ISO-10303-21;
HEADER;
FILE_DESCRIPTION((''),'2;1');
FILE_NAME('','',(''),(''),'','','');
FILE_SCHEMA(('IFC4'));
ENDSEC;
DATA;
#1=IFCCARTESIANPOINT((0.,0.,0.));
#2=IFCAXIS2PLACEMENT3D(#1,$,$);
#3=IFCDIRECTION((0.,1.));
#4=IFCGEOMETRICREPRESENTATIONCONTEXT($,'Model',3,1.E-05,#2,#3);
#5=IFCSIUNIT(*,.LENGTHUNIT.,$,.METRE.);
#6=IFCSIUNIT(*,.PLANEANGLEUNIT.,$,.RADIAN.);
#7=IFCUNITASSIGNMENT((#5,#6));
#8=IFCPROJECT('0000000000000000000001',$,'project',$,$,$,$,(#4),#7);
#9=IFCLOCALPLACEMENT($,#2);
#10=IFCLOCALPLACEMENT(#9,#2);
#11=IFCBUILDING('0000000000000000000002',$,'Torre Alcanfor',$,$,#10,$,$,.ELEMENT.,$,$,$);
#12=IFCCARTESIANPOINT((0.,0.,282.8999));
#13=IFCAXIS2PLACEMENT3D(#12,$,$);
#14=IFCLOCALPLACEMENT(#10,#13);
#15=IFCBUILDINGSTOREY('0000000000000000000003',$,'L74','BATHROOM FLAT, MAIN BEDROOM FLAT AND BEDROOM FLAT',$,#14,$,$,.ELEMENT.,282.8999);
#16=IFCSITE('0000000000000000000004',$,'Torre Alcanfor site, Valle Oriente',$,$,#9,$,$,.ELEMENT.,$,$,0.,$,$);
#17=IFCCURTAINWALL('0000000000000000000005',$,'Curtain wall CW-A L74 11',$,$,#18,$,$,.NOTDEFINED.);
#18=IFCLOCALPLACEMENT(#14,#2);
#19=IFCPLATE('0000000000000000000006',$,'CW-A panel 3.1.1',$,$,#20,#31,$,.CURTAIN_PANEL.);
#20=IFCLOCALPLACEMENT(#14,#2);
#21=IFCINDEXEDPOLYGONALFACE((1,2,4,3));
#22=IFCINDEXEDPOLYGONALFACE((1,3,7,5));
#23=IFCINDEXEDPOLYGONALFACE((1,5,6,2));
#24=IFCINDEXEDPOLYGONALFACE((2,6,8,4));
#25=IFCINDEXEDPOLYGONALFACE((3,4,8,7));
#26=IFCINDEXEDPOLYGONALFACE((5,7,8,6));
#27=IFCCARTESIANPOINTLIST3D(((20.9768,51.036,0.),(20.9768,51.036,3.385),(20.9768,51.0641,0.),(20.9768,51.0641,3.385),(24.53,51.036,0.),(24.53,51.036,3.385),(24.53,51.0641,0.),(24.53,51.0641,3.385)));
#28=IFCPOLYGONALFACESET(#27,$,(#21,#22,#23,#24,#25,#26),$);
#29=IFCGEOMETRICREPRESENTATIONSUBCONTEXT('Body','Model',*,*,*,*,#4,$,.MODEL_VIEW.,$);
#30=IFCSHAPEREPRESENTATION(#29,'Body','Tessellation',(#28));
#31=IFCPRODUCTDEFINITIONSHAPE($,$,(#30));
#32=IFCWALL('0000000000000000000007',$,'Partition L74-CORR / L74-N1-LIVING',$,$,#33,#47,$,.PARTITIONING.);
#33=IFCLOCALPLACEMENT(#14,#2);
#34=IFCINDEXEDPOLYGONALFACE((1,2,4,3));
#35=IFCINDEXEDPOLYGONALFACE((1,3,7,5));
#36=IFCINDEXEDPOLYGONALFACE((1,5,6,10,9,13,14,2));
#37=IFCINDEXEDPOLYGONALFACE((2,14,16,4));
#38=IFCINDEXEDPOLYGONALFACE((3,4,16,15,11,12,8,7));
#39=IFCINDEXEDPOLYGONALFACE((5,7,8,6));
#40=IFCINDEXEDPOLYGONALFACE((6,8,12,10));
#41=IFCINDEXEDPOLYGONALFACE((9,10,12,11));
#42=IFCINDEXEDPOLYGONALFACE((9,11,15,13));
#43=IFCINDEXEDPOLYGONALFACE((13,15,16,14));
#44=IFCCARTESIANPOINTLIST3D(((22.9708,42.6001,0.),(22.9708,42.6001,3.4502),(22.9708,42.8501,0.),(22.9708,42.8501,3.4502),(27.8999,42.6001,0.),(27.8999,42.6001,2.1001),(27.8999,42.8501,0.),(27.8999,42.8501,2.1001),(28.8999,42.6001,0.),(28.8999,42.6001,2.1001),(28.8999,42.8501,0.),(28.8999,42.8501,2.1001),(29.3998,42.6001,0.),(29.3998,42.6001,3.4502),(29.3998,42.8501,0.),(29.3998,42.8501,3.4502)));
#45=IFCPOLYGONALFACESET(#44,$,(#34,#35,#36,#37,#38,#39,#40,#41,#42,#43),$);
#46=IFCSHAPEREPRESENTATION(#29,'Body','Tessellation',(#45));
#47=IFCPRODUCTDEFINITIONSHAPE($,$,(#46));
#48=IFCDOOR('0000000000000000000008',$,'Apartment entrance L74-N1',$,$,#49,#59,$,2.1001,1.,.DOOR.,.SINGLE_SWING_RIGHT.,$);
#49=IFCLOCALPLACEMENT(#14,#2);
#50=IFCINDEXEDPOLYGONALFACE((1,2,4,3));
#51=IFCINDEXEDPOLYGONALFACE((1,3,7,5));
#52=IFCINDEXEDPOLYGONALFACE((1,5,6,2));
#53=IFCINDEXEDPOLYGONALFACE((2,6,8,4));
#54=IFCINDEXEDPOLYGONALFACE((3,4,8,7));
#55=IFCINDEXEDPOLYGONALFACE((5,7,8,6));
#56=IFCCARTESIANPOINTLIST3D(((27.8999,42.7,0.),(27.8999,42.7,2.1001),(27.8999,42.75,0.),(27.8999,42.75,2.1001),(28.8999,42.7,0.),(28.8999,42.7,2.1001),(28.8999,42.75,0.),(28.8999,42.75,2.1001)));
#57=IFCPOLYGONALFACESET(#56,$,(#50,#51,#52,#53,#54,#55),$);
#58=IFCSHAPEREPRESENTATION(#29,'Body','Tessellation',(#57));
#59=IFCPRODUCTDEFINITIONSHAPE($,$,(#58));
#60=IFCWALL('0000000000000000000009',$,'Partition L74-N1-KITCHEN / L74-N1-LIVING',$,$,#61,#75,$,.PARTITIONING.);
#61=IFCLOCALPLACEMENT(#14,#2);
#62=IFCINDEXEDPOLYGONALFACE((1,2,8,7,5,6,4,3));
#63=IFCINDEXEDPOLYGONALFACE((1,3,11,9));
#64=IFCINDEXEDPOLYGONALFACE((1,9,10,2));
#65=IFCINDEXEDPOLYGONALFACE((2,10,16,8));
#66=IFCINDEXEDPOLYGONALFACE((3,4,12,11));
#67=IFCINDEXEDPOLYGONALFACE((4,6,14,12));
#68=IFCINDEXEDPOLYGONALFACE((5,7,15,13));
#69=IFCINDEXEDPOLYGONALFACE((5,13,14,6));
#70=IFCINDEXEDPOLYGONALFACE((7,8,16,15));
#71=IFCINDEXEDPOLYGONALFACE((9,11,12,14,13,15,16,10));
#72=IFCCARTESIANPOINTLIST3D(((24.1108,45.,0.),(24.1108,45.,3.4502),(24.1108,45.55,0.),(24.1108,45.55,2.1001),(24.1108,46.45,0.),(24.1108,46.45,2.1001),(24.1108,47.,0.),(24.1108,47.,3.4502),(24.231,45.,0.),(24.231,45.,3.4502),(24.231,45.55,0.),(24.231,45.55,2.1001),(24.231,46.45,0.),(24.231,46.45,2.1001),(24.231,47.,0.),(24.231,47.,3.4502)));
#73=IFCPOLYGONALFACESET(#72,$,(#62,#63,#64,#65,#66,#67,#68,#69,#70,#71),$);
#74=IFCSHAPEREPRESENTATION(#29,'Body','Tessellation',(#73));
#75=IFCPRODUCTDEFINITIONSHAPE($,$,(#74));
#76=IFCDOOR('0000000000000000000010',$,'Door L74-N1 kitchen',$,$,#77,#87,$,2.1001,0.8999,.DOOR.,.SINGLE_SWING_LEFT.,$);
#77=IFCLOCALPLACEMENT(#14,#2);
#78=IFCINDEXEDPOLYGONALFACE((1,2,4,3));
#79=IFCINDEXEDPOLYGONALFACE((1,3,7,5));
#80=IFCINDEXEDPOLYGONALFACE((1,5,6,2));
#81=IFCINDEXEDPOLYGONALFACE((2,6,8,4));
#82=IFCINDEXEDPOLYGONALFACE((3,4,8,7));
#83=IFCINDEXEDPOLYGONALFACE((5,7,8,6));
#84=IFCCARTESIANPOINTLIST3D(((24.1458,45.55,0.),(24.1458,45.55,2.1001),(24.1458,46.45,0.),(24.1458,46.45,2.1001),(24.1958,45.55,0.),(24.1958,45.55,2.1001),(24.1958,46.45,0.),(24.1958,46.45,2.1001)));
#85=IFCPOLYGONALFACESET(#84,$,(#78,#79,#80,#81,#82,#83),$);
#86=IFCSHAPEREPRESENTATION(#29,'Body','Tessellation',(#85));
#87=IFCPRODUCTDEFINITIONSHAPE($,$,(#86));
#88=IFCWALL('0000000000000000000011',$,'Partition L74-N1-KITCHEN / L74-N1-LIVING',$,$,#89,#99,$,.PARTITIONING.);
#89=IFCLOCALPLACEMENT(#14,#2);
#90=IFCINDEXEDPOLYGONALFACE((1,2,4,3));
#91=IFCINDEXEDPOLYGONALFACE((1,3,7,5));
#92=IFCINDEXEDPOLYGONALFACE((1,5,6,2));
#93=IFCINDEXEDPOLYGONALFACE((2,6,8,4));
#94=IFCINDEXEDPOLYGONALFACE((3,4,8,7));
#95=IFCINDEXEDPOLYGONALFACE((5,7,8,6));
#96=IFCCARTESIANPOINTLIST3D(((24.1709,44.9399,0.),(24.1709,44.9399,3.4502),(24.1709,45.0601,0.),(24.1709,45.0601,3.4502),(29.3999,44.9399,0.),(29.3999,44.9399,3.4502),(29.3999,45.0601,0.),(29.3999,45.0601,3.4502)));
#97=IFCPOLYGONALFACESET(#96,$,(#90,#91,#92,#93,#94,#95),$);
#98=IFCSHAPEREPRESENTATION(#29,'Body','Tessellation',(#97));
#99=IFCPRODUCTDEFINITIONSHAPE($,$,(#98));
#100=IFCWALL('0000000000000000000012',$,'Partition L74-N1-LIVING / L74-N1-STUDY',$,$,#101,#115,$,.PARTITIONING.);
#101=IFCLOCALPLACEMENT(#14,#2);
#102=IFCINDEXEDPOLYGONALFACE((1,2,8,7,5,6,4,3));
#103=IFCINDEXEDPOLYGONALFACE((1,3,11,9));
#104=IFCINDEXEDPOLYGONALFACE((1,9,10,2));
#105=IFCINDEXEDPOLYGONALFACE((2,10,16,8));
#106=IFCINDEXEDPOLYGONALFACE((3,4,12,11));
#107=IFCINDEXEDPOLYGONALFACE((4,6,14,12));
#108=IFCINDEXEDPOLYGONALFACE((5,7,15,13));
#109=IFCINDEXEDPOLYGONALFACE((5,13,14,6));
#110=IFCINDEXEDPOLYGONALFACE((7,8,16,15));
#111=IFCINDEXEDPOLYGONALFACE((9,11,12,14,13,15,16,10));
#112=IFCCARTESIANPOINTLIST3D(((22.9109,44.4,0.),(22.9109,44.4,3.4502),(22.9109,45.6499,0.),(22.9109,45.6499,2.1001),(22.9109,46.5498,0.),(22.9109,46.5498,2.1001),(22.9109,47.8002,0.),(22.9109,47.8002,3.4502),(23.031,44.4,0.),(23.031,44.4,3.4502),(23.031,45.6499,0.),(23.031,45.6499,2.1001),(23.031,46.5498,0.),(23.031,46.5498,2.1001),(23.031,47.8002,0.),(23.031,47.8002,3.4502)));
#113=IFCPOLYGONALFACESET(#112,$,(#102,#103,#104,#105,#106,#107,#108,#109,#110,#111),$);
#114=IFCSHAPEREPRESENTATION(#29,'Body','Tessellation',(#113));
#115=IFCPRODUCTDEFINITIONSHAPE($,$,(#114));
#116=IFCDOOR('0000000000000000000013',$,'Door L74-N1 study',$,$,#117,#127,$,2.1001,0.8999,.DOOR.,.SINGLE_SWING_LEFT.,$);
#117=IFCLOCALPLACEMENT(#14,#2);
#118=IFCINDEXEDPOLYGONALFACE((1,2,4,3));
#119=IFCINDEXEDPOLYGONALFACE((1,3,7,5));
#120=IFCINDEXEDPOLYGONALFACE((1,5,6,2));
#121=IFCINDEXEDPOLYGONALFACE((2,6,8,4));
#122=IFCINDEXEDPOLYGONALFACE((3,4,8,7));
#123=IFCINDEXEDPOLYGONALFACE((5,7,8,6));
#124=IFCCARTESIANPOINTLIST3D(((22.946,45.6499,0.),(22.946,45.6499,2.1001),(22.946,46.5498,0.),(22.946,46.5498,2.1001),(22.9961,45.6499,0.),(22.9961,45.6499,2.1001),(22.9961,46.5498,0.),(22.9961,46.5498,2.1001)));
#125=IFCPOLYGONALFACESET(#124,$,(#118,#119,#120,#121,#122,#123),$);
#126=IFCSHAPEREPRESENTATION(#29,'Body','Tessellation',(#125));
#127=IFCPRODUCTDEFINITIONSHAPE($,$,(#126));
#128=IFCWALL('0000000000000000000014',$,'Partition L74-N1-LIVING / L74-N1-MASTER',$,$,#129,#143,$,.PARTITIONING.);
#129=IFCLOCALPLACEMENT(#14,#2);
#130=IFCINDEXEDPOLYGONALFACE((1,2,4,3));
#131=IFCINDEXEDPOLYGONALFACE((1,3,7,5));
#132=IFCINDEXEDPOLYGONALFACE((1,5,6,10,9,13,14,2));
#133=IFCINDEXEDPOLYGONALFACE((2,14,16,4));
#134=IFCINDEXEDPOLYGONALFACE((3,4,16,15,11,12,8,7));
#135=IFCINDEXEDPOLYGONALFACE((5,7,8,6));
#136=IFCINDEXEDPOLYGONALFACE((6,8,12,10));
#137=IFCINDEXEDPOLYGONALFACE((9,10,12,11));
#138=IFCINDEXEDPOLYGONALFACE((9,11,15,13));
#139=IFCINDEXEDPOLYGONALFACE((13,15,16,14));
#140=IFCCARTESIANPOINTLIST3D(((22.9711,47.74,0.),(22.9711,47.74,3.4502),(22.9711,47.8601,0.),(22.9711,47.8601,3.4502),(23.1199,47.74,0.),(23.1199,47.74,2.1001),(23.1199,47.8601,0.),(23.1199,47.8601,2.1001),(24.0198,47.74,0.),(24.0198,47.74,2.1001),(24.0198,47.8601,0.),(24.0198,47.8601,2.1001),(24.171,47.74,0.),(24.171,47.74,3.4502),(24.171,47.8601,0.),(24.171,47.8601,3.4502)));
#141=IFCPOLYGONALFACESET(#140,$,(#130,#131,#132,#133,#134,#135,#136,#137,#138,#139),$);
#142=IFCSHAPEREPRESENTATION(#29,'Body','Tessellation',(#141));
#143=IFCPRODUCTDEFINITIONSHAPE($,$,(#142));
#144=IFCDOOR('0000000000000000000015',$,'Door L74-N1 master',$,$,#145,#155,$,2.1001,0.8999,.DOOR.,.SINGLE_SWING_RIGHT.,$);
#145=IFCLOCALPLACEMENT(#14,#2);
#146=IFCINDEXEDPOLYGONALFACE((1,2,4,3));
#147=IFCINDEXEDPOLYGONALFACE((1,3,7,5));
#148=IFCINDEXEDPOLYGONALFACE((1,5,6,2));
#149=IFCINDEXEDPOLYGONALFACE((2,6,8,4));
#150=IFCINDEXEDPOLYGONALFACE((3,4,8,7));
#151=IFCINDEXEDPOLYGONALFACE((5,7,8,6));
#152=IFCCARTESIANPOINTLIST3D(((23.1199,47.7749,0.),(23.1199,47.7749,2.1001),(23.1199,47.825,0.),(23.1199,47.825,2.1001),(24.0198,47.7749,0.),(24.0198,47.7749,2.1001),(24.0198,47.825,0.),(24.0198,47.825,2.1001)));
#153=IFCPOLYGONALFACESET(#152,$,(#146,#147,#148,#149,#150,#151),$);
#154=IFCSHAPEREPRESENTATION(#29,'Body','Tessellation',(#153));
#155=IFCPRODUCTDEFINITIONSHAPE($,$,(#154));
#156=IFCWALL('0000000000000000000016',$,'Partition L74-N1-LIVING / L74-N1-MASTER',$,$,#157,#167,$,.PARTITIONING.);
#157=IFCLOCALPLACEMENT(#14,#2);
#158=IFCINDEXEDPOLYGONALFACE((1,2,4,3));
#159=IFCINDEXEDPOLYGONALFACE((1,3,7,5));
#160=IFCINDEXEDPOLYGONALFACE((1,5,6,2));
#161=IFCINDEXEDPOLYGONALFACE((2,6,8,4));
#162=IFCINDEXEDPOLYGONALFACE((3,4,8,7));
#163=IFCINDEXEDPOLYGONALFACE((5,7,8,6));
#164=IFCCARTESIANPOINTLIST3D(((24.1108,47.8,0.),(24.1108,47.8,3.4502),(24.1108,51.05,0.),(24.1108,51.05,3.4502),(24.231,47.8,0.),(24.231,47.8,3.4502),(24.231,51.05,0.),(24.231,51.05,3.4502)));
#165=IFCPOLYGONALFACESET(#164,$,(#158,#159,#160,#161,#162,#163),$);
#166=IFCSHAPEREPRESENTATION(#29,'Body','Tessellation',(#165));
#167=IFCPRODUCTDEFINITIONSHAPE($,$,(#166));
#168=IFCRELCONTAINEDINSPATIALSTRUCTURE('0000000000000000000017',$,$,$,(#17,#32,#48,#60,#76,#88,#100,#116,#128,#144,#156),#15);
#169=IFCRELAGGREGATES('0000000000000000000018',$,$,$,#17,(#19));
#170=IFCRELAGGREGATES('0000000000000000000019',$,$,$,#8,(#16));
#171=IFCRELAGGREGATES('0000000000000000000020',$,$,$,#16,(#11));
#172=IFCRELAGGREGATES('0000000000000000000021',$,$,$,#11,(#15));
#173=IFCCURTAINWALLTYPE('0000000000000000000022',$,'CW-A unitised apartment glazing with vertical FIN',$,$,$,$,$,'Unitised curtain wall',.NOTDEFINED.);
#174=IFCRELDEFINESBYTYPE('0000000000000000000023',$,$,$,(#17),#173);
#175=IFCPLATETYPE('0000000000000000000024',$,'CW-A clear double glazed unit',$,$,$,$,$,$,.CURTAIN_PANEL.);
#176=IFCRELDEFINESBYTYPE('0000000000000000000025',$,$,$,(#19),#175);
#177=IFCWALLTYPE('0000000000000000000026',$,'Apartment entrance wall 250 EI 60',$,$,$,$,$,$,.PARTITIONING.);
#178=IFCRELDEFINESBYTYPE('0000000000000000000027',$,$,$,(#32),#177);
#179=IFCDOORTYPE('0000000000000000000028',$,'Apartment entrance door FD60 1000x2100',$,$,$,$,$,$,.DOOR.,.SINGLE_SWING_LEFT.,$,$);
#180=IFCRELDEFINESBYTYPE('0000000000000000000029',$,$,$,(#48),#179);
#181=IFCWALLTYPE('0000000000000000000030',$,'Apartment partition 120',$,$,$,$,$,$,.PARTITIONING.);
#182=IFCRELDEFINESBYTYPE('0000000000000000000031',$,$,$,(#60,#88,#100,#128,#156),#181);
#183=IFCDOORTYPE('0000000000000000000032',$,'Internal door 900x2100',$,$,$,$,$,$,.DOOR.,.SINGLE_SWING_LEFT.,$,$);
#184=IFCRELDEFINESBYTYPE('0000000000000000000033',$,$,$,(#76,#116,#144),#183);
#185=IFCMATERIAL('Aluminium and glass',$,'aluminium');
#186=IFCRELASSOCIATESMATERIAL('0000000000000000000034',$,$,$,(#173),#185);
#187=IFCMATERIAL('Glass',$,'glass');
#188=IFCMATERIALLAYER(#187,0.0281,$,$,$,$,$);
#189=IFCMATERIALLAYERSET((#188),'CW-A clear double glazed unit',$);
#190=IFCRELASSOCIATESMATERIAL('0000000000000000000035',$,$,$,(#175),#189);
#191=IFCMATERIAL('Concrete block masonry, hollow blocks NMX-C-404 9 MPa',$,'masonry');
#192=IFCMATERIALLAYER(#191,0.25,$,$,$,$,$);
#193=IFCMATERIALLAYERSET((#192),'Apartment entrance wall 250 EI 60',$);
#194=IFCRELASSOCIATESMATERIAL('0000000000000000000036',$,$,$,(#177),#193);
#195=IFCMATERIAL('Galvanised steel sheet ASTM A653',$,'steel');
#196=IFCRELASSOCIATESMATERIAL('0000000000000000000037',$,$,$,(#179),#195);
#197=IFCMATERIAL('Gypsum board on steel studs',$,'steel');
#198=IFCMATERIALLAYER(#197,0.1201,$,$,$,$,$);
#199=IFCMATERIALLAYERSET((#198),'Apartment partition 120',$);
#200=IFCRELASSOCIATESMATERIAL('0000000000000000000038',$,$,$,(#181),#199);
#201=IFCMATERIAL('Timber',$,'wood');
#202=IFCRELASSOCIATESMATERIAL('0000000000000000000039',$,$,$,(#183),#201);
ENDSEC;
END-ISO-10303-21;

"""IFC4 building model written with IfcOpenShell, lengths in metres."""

from ifc_helpers import new_model, si_unit, direction, frame, frame_2d, origin, origin_2d, place, context, subcontext, project, spatial, rectangle, extrude, material, layer, layer_set, type_object, element, fill, aggregate, save


model = new_model("IFC4")

# Units and contexts
model_context = context("Model", 3, precision=1e-05, world=origin(), true_north=direction((0.0, 1.0)))
body_context = subcontext(model_context, "Body", "Model", "MODEL_VIEW")
ifc_project = project(units=[si_unit("LENGTHUNIT", "METRE"), si_unit("PLANEANGLEUNIT", "RADIAN")], contexts=[model_context])

# Site, building, storey
site_placement = place(None, origin())
site = spatial("IfcSite", under=ifc_project, at=site_placement, Name="Torre Alcanfor site, Valle Oriente", CompositionType="ELEMENT", RefElevation=0.0)
building_placement = place(site_placement, origin())
building = spatial("IfcBuilding", under=site, at=building_placement, Name="Torre Alcanfor", CompositionType="ELEMENT")
storey_placement = place(building_placement, frame((0.0, 0.0, 282.8999)))
storey = spatial("IfcBuildingStorey", under=building, at=storey_placement, Name="L74", Description="BATHROOM FLAT, MAIN BEDROOM FLAT AND BEDROOM FLAT", CompositionType="ELEMENT", Elevation=282.8999)

# Curtain wall
ifc_material_1 = material(Name="Aluminium and glass", Category="aluminium")
curtain_wall_type = type_object("IfcCurtainWallType", Name="CW-A unitised apartment glazing with vertical FIN", ElementType="Unitised curtain wall", PredefinedType="NOTDEFINED", material=ifc_material_1)
curtain_wall_placement = place(storey_placement, origin())
curtain_wall = element("IfcCurtainWall", 1, at=curtain_wall_placement, inside=storey, type_object=curtain_wall_type, Name="Curtain wall CW-A L74 11", PredefinedType="NOTDEFINED")

# Plate
ifc_material_2 = material(Name="Glass", Category="glass")
ifc_layer_1 = layer(ifc_material_2, 0.0281)
ifc_layer_set_1 = layer_set([ifc_layer_1], Name="CW-A clear double glazed unit")
plate_type = type_object("IfcPlateType", Name="CW-A clear double glazed unit", PredefinedType="CURTAIN_PANEL", material=ifc_layer_set_1)
plate_1_placement = place(storey_placement, frame((22.7534, 51.05, 0.0), z_axis=(0.0, 0.0, 1.0), x_axis=(-1.0, 0.0, 0.0)))
plate_1 = element("IfcPlate", 2, at=plate_1_placement, type_object=plate_type, Name="CW-A panel 3.1.1", PredefinedType="CURTAIN_PANEL", context=body_context, shape_type="SweptSolid", body=[
    extrude(rectangle(XDim=3.5532, YDim=0.0281, at=origin_2d()), origin(), (0.0, 0.0, 1.0), 3.385),
])
aggregate(curtain_wall, [plate_1])

# Walls, openings, doors
ifc_material_3 = material(Name="Concrete block masonry, hollow blocks NMX-C-404 9 MPa", Category="masonry")
ifc_layer_2 = layer(ifc_material_3, 0.25)
ifc_layer_set_2 = layer_set([ifc_layer_2], Name="Apartment entrance wall 250 EI 60")
wall_type_1 = type_object("IfcWallType", Name="Apartment entrance wall 250 EI 60", PredefinedType="PARTITIONING", material=ifc_layer_set_2)
wall_1_placement = place(storey_placement, frame((22.9709, 42.7251, 0.0), z_axis=(0.0, 0.0, 1.0), x_axis=(1.0, 0.0, 0.0)))
wall_1 = element("IfcWall", 3, at=wall_1_placement, inside=storey, type_object=wall_type_1, Name="Partition L74-CORR / L74-N1-LIVING", PredefinedType="PARTITIONING", context=body_context, shape_type="SweptSolid", body=[
    extrude(rectangle(XDim=6.429, YDim=0.25, at=frame_2d((3.2144, 0.0))), origin(), (0.0, 0.0, 1.0), 3.4502),
])
opening_1_placement = place(wall_1_placement, frame((4.929, 0.0, 0.0)))
opening_1 = element("IfcOpeningElement", 4, at=opening_1_placement, cuts=wall_1, PredefinedType="OPENING", context=body_context, shape_type="SweptSolid", body=[
    extrude(rectangle(XDim=1.0, YDim=2.1001, at=frame_2d((0.5, 1.05))), frame((0.0, 0.135, 0.0), z_axis=(0.0, -1.0, 0.0), x_axis=(1.0, 0.0, 0.0)), (0.0, 0.0, 1.0), 0.27),
])
ifc_material_4 = material(Name="Galvanised steel sheet ASTM A653", Category="steel")
door_type_1 = type_object("IfcDoorType", Name="Apartment entrance door FD60 1000x2100", OperationType="SINGLE_SWING_LEFT", PredefinedType="DOOR", material=ifc_material_4)
door_1_placement = place(opening_1_placement, origin())
door_1 = element("IfcDoor", 5, at=door_1_placement, inside=storey, type_object=door_type_1, Name="Apartment entrance L74-N1", OperationType="SINGLE_SWING_RIGHT", OverallHeight=2.1001, OverallWidth=1.0, PredefinedType="DOOR", context=body_context, shape_type="SweptSolid", body=[
    extrude(rectangle(XDim=1.0, YDim=2.1001, at=frame_2d((0.5, 1.05))), frame((0.0, 0.0249, 0.0), z_axis=(0.0, -1.0, 0.0), x_axis=(1.0, 0.0, 0.0)), (0.0, 0.0, 1.0), 0.05),
])
fill(opening_1, door_1)
ifc_material_5 = material(Name="Gypsum board on steel studs", Category="steel")
ifc_layer_3 = layer(ifc_material_5, 0.1201)
ifc_layer_set_3 = layer_set([ifc_layer_3], Name="Apartment partition 120")
wall_type_2 = type_object("IfcWallType", Name="Apartment partition 120", PredefinedType="PARTITIONING", material=ifc_layer_set_3)
wall_2_placement = place(storey_placement, frame((24.1709, 47.0, 0.0), z_axis=(0.0, 0.0, 1.0), x_axis=(0.0, -1.0, 0.0)))
wall_2 = element("IfcWall", 6, at=wall_2_placement, inside=storey, type_object=wall_type_2, Name="Partition L74-N1-KITCHEN / L74-N1-LIVING", PredefinedType="PARTITIONING", context=body_context, shape_type="SweptSolid", body=[
    extrude(rectangle(XDim=2.0, YDim=0.1201, at=frame_2d((1.0, 0.0))), origin(), (0.0, 0.0, 1.0), 3.4502),
])
opening_2_placement = place(wall_2_placement, frame((0.55, 0.0, 0.0)))
opening_2 = element("IfcOpeningElement", 7, at=opening_2_placement, cuts=wall_2, PredefinedType="OPENING", context=body_context, shape_type="SweptSolid", body=[
    extrude(rectangle(XDim=0.8999, YDim=2.1001, at=frame_2d((0.45, 1.05))), frame((0.0, 0.0701, 0.0), z_axis=(0.0, -1.0, 0.0), x_axis=(1.0, 0.0, 0.0)), (0.0, 0.0, 1.0), 0.1401),
])
ifc_material_6 = material(Name="Timber", Category="wood")
door_type_2 = type_object("IfcDoorType", Name="Internal door 900x2100", OperationType="SINGLE_SWING_LEFT", PredefinedType="DOOR", material=ifc_material_6)
door_2_placement = place(opening_2_placement, origin())
door_2 = element("IfcDoor", 8, at=door_2_placement, inside=storey, type_object=door_type_2, Name="Door L74-N1 kitchen", OperationType="SINGLE_SWING_LEFT", OverallHeight=2.1001, OverallWidth=0.8999, PredefinedType="DOOR", context=body_context, shape_type="SweptSolid", body=[
    extrude(rectangle(XDim=0.8999, YDim=2.1001, at=frame_2d((0.45, 1.05))), frame((0.0, 0.0249, 0.0), z_axis=(0.0, -1.0, 0.0), x_axis=(1.0, 0.0, 0.0)), (0.0, 0.0, 1.0), 0.05),
])
fill(opening_2, door_2)

# Wall
wall_3_placement = place(storey_placement, frame((24.1709, 45.0, 0.0), z_axis=(0.0, 0.0, 1.0), x_axis=(1.0, 0.0, 0.0)))
element("IfcWall", 9, at=wall_3_placement, inside=storey, type_object=wall_type_2, Name="Partition L74-N1-KITCHEN / L74-N1-LIVING", PredefinedType="PARTITIONING", context=body_context, shape_type="SweptSolid", body=[
    extrude(rectangle(XDim=5.229, YDim=0.1201, at=frame_2d((2.6145, 0.0))), origin(), (0.0, 0.0, 1.0), 3.4502),
])

# Walls, openings, doors
wall_4_placement = place(storey_placement, frame((22.9709, 44.3999, 0.0), z_axis=(0.0, 0.0, 1.0), x_axis=(0.0, 1.0, 0.0)))
wall_4 = element("IfcWall", 10, at=wall_4_placement, inside=storey, type_object=wall_type_2, Name="Partition L74-N1-LIVING / L74-N1-STUDY", PredefinedType="PARTITIONING", context=body_context, shape_type="SweptSolid", body=[
    extrude(rectangle(XDim=3.4001, YDim=0.1201, at=frame_2d((1.7002, 0.0))), origin(), (0.0, 0.0, 1.0), 3.4502),
])
opening_3_placement = place(wall_4_placement, frame((1.25, 0.0, 0.0)))
opening_3 = element("IfcOpeningElement", 11, at=opening_3_placement, cuts=wall_4, PredefinedType="OPENING", context=body_context, shape_type="SweptSolid", body=[
    extrude(rectangle(XDim=0.8999, YDim=2.1001, at=frame_2d((0.45, 1.05))), frame((0.0, 0.0701, 0.0), z_axis=(0.0, -1.0, 0.0), x_axis=(1.0, 0.0, 0.0)), (0.0, 0.0, 1.0), 0.1401),
])
door_3_placement = place(opening_3_placement, origin())
door_3 = element("IfcDoor", 12, at=door_3_placement, inside=storey, type_object=door_type_2, Name="Door L74-N1 study", OperationType="SINGLE_SWING_LEFT", OverallHeight=2.1001, OverallWidth=0.8999, PredefinedType="DOOR", context=body_context, shape_type="SweptSolid", body=[
    extrude(rectangle(XDim=0.8999, YDim=2.1001, at=frame_2d((0.45, 1.05))), frame((0.0, 0.0249, 0.0), z_axis=(0.0, -1.0, 0.0), x_axis=(1.0, 0.0, 0.0)), (0.0, 0.0, 1.0), 0.05),
])
fill(opening_3, door_3)
wall_5_placement = place(storey_placement, frame((22.9709, 47.8, 0.0), z_axis=(0.0, 0.0, 1.0), x_axis=(1.0, 0.0, 0.0)))
wall_5 = element("IfcWall", 13, at=wall_5_placement, inside=storey, type_object=wall_type_2, Name="Partition L74-N1-LIVING / L74-N1-MASTER", PredefinedType="PARTITIONING", context=body_context, shape_type="SweptSolid", body=[
    extrude(rectangle(XDim=1.2, YDim=0.1201, at=frame_2d((0.6001, 0.0))), origin(), (0.0, 0.0, 1.0), 3.4502),
])
opening_4_placement = place(wall_5_placement, frame((0.1489, 0.0, 0.0)))
opening_4 = element("IfcOpeningElement", 14, at=opening_4_placement, cuts=wall_5, PredefinedType="OPENING", context=body_context, shape_type="SweptSolid", body=[
    extrude(rectangle(XDim=0.8999, YDim=2.1001, at=frame_2d((0.45, 1.05))), frame((0.0, 0.0701, 0.0), z_axis=(0.0, -1.0, 0.0), x_axis=(1.0, 0.0, 0.0)), (0.0, 0.0, 1.0), 0.1401),
])
door_4_placement = place(opening_4_placement, origin())
door_4 = element("IfcDoor", 15, at=door_4_placement, inside=storey, type_object=door_type_2, Name="Door L74-N1 master", OperationType="SINGLE_SWING_RIGHT", OverallHeight=2.1001, OverallWidth=0.8999, PredefinedType="DOOR", context=body_context, shape_type="SweptSolid", body=[
    extrude(rectangle(XDim=0.8999, YDim=2.1001, at=frame_2d((0.45, 1.05))), frame((0.0, 0.0249, 0.0), z_axis=(0.0, -1.0, 0.0), x_axis=(1.0, 0.0, 0.0)), (0.0, 0.0, 1.0), 0.05),
])
fill(opening_4, door_4)

# Wall
wall_6_placement = place(storey_placement, frame((24.1709, 47.8, 0.0), z_axis=(0.0, 0.0, 1.0), x_axis=(0.0, 1.0, 0.0)))
element("IfcWall", 16, at=wall_6_placement, inside=storey, type_object=wall_type_2, Name="Partition L74-N1-LIVING / L74-N1-MASTER", PredefinedType="PARTITIONING", context=body_context, shape_type="SweptSolid", body=[
    extrude(rectangle(XDim=3.25, YDim=0.1201, at=frame_2d((1.625, 0.0))), origin(), (0.0, 0.0, 1.0), 3.4502),
])

save(model, "model.ifc")
